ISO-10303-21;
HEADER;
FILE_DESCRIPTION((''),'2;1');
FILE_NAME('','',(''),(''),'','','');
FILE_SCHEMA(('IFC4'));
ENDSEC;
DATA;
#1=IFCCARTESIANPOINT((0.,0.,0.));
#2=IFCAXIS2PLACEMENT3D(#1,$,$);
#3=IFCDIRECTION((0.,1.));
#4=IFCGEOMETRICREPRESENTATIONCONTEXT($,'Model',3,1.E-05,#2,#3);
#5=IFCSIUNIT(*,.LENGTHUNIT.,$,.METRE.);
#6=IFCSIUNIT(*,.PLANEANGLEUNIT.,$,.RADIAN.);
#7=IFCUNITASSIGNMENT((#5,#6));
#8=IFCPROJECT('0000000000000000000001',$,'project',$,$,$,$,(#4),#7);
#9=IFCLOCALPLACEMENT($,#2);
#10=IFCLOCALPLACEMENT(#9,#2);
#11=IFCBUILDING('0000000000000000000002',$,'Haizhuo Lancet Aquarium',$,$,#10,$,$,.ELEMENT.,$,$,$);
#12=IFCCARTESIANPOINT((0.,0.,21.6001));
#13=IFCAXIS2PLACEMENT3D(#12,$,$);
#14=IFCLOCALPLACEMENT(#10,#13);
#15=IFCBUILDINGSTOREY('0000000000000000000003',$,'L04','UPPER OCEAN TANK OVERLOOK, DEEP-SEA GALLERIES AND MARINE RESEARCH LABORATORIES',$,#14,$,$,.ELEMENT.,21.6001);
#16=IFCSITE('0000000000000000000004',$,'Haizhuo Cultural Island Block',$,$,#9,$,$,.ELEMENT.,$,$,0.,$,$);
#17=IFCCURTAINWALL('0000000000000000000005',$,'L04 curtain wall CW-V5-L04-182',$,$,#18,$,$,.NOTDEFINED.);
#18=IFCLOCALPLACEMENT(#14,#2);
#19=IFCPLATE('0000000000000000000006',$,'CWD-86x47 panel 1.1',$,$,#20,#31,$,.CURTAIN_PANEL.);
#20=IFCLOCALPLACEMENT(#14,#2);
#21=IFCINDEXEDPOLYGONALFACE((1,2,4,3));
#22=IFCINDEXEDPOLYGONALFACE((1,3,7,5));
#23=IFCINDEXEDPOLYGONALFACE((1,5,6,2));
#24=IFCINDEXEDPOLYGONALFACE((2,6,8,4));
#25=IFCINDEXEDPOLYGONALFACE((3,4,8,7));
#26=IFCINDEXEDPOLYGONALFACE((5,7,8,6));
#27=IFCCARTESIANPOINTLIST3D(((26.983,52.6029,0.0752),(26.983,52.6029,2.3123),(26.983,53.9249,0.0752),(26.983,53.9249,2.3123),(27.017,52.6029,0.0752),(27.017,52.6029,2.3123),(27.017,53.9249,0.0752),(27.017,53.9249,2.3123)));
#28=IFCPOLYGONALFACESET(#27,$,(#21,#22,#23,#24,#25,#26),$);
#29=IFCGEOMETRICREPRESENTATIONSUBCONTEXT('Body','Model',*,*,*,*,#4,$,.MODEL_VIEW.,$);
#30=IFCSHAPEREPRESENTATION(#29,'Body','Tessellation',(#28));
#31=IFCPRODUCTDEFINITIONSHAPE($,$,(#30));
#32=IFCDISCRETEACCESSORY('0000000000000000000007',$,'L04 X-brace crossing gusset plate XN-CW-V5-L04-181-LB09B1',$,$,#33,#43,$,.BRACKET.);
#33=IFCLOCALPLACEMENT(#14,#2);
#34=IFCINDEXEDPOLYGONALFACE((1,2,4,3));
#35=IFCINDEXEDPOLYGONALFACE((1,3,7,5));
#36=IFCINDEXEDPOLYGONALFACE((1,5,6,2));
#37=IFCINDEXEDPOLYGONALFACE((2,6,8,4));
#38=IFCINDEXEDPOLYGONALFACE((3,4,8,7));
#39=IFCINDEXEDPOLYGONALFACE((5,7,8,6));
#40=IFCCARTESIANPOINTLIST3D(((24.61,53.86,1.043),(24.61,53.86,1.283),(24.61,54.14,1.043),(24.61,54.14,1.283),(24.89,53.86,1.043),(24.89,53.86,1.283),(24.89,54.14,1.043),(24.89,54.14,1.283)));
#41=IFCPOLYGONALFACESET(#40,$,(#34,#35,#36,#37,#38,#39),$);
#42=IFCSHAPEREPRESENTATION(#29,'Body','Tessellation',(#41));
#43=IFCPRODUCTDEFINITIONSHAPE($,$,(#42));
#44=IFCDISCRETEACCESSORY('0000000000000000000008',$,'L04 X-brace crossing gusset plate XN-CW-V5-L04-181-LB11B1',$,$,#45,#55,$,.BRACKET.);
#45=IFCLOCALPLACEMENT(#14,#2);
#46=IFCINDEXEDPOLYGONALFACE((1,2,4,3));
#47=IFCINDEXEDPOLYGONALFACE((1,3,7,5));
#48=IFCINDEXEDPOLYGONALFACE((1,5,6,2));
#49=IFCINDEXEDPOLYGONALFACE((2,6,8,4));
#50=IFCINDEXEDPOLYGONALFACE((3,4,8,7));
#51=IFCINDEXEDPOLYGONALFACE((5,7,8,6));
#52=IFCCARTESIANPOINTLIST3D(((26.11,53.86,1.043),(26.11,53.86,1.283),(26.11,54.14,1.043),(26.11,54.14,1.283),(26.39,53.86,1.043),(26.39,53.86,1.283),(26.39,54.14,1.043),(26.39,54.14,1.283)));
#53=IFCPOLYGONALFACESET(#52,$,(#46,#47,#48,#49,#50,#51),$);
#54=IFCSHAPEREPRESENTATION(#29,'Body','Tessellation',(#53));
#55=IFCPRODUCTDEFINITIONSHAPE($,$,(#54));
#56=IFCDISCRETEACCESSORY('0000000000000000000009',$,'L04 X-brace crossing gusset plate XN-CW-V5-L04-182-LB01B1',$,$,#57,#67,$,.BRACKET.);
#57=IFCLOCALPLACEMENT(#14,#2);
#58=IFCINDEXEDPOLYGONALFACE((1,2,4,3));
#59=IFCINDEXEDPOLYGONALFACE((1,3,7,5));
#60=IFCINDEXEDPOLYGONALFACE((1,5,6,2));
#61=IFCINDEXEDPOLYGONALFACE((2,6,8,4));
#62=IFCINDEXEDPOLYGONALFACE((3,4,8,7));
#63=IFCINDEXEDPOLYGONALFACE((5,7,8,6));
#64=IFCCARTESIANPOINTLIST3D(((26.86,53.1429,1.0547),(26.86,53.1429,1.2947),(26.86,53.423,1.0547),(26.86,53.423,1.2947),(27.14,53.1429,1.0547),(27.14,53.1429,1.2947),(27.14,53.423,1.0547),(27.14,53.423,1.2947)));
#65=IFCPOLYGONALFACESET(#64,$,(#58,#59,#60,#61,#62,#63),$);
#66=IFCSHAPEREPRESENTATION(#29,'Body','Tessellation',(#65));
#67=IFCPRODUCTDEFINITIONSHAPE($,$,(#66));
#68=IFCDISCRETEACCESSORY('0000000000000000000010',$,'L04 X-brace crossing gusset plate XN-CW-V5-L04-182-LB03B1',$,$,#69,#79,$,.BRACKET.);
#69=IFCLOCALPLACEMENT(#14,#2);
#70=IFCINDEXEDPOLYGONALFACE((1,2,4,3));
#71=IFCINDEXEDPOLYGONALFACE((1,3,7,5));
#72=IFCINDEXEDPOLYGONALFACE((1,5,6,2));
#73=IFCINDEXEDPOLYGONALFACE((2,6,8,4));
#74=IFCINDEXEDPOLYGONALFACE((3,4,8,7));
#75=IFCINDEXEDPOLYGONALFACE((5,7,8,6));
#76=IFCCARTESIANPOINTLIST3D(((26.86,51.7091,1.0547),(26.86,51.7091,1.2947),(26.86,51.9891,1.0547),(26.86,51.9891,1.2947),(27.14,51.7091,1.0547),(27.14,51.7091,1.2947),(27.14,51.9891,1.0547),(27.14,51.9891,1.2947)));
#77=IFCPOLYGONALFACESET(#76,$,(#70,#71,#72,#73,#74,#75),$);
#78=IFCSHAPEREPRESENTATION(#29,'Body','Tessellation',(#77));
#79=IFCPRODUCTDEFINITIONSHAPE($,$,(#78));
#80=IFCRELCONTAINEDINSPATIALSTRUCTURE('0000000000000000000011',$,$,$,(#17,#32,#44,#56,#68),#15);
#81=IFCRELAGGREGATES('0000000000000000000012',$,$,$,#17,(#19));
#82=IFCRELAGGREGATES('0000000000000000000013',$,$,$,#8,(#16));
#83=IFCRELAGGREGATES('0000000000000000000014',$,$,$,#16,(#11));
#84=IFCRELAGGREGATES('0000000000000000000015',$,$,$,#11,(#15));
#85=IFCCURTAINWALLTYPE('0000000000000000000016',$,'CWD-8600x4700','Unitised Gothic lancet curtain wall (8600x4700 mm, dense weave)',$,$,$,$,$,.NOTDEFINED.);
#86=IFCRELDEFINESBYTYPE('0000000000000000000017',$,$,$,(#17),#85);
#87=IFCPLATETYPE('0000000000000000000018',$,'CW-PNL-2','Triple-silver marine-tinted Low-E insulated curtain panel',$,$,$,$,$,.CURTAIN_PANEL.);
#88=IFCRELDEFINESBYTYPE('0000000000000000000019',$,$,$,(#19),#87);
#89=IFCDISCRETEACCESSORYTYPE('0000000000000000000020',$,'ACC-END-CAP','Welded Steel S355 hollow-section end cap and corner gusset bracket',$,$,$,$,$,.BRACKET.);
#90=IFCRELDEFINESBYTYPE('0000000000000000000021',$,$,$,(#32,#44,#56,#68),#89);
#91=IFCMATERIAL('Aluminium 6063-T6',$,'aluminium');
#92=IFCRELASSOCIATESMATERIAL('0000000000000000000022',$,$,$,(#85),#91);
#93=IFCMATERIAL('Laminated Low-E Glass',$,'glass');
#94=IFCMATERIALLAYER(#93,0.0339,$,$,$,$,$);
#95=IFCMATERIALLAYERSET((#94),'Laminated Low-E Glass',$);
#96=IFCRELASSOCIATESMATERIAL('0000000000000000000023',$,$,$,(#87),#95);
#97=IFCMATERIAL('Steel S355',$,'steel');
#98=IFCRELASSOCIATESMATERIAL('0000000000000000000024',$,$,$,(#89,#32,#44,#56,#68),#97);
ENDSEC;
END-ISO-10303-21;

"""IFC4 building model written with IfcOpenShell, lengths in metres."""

from ifc_helpers import new_model, si_unit, direction, frame, origin, origin_2d, place, context, subcontext, project, spatial, rectangle, extrude, material, layer, layer_set, type_object, element, aggregate, save


model = new_model("IFC4")

# Units and contexts
model_context = context("Model", 3, precision=1e-05, world=origin(), true_north=direction((0.0, 1.0)))
body_context = subcontext(model_context, "Body", "Model", "MODEL_VIEW")
ifc_project = project(units=[si_unit("LENGTHUNIT", "METRE"), si_unit("PLANEANGLEUNIT", "RADIAN")], contexts=[model_context])

# Site, building, storey
site_placement = place(None, origin())
site = spatial("IfcSite", under=ifc_project, at=site_placement, Name="Haizhuo Cultural Island Block", CompositionType="ELEMENT", RefElevation=0.0)
building_placement = place(site_placement, origin())
building = spatial("IfcBuilding", under=site, at=building_placement, Name="Haizhuo Lancet Aquarium", CompositionType="ELEMENT")
storey_placement = place(building_placement, frame((0.0, 0.0, 21.6001)))
storey = spatial("IfcBuildingStorey", under=building, at=storey_placement, Name="L04", Description="UPPER OCEAN TANK OVERLOOK, DEEP-SEA GALLERIES AND MARINE RESEARCH LABORATORIES", CompositionType="ELEMENT", Elevation=21.6001)

# Curtain wall
ifc_material_1 = material(Name="Aluminium 6063-T6", Category="aluminium")
curtain_wall_type_1 = type_object("IfcCurtainWallType", Name="CWD-8600x4700", Description="Unitised Gothic lancet curtain wall (8600x4700 mm, dense weave)", PredefinedType="NOTDEFINED", material=ifc_material_1)
curtain_wall_1_placement = place(storey_placement, origin())
curtain_wall_1 = element("IfcCurtainWall", 1, at=curtain_wall_1_placement, inside=storey, type_object=curtain_wall_type_1, Name="L04 curtain wall CW-V5-L04-182", PredefinedType="NOTDEFINED")

# Shared definitions
ifc_material_2 = material(Name="Steel S355", Category="steel")

# Plate
ifc_material_3 = material(Name="Laminated Low-E Glass", Category="glass")
ifc_layer_1 = layer(ifc_material_3, 0.0339)
ifc_layer_set_1 = layer_set([ifc_layer_1], Name="Laminated Low-E Glass")
plate_type_1 = type_object("IfcPlateType", Name="CW-PNL-2", Description="Triple-silver marine-tinted Low-E insulated curtain panel", PredefinedType="CURTAIN_PANEL", material=ifc_layer_set_1)
plate_1_placement = place(storey_placement, frame((27.0, 53.2639, 0.0752), z_axis=(0.0, 0.0, 1.0), x_axis=(0.0, -1.0, 0.0)))
plate_1 = element("IfcPlate", 2, at=plate_1_placement, type_object=plate_type_1, Name="CWD-86x47 panel 1.1", PredefinedType="CURTAIN_PANEL", context=body_context, shape_type="SweptSolid", body=[
    extrude(rectangle(XDim=1.322, YDim=0.0339, at=origin_2d()), origin(), (0.0, 0.0, 1.0), 2.2371),
])
aggregate(curtain_wall_1, [plate_1])

# Discrete accessories
discrete_accessory_type = type_object("IfcDiscreteAccessoryType", Name="ACC-END-CAP", Description="Welded Steel S355 hollow-section end cap and corner gusset bracket", PredefinedType="BRACKET", material=ifc_material_2)
for number, where, z_axis, x_axis, name in (
    (3, (24.75, 54.0, 1.043), (0.0, 0.0, 1.0), (1.0, 0.0, 0.0), "L04 X-brace crossing gusset plate XN-CW-V5-L04-181-LB09B1"),
    (4, (26.25, 54.0, 1.043), (0.0, 0.0, 1.0), (1.0, 0.0, 0.0), "L04 X-brace crossing gusset plate XN-CW-V5-L04-181-LB11B1"),
    (5, (27.0, 53.283, 1.0547), (0.0, 0.0, 1.0), (1.0, 0.0, 0.0), "L04 X-brace crossing gusset plate XN-CW-V5-L04-182-LB01B1"),
    (6, (27.0, 51.8491, 1.0547), (0.0, 0.0, 1.0), (1.0, 0.0, 0.0), "L04 X-brace crossing gusset plate XN-CW-V5-L04-182-LB03B1"),
):
    element("IfcDiscreteAccessory", number, at=place(storey_placement, frame(where, z_axis=z_axis, x_axis=x_axis)), inside=storey, type_object=discrete_accessory_type, material=ifc_material_2, Name=name, PredefinedType="BRACKET", context=body_context, shape_type="SweptSolid", body=[
        extrude(rectangle(XDim=0.28, YDim=0.28, at=origin_2d()), origin(), (0.0, 0.0, 1.0), 0.24),
    ])

save(model, "model.ifc")
